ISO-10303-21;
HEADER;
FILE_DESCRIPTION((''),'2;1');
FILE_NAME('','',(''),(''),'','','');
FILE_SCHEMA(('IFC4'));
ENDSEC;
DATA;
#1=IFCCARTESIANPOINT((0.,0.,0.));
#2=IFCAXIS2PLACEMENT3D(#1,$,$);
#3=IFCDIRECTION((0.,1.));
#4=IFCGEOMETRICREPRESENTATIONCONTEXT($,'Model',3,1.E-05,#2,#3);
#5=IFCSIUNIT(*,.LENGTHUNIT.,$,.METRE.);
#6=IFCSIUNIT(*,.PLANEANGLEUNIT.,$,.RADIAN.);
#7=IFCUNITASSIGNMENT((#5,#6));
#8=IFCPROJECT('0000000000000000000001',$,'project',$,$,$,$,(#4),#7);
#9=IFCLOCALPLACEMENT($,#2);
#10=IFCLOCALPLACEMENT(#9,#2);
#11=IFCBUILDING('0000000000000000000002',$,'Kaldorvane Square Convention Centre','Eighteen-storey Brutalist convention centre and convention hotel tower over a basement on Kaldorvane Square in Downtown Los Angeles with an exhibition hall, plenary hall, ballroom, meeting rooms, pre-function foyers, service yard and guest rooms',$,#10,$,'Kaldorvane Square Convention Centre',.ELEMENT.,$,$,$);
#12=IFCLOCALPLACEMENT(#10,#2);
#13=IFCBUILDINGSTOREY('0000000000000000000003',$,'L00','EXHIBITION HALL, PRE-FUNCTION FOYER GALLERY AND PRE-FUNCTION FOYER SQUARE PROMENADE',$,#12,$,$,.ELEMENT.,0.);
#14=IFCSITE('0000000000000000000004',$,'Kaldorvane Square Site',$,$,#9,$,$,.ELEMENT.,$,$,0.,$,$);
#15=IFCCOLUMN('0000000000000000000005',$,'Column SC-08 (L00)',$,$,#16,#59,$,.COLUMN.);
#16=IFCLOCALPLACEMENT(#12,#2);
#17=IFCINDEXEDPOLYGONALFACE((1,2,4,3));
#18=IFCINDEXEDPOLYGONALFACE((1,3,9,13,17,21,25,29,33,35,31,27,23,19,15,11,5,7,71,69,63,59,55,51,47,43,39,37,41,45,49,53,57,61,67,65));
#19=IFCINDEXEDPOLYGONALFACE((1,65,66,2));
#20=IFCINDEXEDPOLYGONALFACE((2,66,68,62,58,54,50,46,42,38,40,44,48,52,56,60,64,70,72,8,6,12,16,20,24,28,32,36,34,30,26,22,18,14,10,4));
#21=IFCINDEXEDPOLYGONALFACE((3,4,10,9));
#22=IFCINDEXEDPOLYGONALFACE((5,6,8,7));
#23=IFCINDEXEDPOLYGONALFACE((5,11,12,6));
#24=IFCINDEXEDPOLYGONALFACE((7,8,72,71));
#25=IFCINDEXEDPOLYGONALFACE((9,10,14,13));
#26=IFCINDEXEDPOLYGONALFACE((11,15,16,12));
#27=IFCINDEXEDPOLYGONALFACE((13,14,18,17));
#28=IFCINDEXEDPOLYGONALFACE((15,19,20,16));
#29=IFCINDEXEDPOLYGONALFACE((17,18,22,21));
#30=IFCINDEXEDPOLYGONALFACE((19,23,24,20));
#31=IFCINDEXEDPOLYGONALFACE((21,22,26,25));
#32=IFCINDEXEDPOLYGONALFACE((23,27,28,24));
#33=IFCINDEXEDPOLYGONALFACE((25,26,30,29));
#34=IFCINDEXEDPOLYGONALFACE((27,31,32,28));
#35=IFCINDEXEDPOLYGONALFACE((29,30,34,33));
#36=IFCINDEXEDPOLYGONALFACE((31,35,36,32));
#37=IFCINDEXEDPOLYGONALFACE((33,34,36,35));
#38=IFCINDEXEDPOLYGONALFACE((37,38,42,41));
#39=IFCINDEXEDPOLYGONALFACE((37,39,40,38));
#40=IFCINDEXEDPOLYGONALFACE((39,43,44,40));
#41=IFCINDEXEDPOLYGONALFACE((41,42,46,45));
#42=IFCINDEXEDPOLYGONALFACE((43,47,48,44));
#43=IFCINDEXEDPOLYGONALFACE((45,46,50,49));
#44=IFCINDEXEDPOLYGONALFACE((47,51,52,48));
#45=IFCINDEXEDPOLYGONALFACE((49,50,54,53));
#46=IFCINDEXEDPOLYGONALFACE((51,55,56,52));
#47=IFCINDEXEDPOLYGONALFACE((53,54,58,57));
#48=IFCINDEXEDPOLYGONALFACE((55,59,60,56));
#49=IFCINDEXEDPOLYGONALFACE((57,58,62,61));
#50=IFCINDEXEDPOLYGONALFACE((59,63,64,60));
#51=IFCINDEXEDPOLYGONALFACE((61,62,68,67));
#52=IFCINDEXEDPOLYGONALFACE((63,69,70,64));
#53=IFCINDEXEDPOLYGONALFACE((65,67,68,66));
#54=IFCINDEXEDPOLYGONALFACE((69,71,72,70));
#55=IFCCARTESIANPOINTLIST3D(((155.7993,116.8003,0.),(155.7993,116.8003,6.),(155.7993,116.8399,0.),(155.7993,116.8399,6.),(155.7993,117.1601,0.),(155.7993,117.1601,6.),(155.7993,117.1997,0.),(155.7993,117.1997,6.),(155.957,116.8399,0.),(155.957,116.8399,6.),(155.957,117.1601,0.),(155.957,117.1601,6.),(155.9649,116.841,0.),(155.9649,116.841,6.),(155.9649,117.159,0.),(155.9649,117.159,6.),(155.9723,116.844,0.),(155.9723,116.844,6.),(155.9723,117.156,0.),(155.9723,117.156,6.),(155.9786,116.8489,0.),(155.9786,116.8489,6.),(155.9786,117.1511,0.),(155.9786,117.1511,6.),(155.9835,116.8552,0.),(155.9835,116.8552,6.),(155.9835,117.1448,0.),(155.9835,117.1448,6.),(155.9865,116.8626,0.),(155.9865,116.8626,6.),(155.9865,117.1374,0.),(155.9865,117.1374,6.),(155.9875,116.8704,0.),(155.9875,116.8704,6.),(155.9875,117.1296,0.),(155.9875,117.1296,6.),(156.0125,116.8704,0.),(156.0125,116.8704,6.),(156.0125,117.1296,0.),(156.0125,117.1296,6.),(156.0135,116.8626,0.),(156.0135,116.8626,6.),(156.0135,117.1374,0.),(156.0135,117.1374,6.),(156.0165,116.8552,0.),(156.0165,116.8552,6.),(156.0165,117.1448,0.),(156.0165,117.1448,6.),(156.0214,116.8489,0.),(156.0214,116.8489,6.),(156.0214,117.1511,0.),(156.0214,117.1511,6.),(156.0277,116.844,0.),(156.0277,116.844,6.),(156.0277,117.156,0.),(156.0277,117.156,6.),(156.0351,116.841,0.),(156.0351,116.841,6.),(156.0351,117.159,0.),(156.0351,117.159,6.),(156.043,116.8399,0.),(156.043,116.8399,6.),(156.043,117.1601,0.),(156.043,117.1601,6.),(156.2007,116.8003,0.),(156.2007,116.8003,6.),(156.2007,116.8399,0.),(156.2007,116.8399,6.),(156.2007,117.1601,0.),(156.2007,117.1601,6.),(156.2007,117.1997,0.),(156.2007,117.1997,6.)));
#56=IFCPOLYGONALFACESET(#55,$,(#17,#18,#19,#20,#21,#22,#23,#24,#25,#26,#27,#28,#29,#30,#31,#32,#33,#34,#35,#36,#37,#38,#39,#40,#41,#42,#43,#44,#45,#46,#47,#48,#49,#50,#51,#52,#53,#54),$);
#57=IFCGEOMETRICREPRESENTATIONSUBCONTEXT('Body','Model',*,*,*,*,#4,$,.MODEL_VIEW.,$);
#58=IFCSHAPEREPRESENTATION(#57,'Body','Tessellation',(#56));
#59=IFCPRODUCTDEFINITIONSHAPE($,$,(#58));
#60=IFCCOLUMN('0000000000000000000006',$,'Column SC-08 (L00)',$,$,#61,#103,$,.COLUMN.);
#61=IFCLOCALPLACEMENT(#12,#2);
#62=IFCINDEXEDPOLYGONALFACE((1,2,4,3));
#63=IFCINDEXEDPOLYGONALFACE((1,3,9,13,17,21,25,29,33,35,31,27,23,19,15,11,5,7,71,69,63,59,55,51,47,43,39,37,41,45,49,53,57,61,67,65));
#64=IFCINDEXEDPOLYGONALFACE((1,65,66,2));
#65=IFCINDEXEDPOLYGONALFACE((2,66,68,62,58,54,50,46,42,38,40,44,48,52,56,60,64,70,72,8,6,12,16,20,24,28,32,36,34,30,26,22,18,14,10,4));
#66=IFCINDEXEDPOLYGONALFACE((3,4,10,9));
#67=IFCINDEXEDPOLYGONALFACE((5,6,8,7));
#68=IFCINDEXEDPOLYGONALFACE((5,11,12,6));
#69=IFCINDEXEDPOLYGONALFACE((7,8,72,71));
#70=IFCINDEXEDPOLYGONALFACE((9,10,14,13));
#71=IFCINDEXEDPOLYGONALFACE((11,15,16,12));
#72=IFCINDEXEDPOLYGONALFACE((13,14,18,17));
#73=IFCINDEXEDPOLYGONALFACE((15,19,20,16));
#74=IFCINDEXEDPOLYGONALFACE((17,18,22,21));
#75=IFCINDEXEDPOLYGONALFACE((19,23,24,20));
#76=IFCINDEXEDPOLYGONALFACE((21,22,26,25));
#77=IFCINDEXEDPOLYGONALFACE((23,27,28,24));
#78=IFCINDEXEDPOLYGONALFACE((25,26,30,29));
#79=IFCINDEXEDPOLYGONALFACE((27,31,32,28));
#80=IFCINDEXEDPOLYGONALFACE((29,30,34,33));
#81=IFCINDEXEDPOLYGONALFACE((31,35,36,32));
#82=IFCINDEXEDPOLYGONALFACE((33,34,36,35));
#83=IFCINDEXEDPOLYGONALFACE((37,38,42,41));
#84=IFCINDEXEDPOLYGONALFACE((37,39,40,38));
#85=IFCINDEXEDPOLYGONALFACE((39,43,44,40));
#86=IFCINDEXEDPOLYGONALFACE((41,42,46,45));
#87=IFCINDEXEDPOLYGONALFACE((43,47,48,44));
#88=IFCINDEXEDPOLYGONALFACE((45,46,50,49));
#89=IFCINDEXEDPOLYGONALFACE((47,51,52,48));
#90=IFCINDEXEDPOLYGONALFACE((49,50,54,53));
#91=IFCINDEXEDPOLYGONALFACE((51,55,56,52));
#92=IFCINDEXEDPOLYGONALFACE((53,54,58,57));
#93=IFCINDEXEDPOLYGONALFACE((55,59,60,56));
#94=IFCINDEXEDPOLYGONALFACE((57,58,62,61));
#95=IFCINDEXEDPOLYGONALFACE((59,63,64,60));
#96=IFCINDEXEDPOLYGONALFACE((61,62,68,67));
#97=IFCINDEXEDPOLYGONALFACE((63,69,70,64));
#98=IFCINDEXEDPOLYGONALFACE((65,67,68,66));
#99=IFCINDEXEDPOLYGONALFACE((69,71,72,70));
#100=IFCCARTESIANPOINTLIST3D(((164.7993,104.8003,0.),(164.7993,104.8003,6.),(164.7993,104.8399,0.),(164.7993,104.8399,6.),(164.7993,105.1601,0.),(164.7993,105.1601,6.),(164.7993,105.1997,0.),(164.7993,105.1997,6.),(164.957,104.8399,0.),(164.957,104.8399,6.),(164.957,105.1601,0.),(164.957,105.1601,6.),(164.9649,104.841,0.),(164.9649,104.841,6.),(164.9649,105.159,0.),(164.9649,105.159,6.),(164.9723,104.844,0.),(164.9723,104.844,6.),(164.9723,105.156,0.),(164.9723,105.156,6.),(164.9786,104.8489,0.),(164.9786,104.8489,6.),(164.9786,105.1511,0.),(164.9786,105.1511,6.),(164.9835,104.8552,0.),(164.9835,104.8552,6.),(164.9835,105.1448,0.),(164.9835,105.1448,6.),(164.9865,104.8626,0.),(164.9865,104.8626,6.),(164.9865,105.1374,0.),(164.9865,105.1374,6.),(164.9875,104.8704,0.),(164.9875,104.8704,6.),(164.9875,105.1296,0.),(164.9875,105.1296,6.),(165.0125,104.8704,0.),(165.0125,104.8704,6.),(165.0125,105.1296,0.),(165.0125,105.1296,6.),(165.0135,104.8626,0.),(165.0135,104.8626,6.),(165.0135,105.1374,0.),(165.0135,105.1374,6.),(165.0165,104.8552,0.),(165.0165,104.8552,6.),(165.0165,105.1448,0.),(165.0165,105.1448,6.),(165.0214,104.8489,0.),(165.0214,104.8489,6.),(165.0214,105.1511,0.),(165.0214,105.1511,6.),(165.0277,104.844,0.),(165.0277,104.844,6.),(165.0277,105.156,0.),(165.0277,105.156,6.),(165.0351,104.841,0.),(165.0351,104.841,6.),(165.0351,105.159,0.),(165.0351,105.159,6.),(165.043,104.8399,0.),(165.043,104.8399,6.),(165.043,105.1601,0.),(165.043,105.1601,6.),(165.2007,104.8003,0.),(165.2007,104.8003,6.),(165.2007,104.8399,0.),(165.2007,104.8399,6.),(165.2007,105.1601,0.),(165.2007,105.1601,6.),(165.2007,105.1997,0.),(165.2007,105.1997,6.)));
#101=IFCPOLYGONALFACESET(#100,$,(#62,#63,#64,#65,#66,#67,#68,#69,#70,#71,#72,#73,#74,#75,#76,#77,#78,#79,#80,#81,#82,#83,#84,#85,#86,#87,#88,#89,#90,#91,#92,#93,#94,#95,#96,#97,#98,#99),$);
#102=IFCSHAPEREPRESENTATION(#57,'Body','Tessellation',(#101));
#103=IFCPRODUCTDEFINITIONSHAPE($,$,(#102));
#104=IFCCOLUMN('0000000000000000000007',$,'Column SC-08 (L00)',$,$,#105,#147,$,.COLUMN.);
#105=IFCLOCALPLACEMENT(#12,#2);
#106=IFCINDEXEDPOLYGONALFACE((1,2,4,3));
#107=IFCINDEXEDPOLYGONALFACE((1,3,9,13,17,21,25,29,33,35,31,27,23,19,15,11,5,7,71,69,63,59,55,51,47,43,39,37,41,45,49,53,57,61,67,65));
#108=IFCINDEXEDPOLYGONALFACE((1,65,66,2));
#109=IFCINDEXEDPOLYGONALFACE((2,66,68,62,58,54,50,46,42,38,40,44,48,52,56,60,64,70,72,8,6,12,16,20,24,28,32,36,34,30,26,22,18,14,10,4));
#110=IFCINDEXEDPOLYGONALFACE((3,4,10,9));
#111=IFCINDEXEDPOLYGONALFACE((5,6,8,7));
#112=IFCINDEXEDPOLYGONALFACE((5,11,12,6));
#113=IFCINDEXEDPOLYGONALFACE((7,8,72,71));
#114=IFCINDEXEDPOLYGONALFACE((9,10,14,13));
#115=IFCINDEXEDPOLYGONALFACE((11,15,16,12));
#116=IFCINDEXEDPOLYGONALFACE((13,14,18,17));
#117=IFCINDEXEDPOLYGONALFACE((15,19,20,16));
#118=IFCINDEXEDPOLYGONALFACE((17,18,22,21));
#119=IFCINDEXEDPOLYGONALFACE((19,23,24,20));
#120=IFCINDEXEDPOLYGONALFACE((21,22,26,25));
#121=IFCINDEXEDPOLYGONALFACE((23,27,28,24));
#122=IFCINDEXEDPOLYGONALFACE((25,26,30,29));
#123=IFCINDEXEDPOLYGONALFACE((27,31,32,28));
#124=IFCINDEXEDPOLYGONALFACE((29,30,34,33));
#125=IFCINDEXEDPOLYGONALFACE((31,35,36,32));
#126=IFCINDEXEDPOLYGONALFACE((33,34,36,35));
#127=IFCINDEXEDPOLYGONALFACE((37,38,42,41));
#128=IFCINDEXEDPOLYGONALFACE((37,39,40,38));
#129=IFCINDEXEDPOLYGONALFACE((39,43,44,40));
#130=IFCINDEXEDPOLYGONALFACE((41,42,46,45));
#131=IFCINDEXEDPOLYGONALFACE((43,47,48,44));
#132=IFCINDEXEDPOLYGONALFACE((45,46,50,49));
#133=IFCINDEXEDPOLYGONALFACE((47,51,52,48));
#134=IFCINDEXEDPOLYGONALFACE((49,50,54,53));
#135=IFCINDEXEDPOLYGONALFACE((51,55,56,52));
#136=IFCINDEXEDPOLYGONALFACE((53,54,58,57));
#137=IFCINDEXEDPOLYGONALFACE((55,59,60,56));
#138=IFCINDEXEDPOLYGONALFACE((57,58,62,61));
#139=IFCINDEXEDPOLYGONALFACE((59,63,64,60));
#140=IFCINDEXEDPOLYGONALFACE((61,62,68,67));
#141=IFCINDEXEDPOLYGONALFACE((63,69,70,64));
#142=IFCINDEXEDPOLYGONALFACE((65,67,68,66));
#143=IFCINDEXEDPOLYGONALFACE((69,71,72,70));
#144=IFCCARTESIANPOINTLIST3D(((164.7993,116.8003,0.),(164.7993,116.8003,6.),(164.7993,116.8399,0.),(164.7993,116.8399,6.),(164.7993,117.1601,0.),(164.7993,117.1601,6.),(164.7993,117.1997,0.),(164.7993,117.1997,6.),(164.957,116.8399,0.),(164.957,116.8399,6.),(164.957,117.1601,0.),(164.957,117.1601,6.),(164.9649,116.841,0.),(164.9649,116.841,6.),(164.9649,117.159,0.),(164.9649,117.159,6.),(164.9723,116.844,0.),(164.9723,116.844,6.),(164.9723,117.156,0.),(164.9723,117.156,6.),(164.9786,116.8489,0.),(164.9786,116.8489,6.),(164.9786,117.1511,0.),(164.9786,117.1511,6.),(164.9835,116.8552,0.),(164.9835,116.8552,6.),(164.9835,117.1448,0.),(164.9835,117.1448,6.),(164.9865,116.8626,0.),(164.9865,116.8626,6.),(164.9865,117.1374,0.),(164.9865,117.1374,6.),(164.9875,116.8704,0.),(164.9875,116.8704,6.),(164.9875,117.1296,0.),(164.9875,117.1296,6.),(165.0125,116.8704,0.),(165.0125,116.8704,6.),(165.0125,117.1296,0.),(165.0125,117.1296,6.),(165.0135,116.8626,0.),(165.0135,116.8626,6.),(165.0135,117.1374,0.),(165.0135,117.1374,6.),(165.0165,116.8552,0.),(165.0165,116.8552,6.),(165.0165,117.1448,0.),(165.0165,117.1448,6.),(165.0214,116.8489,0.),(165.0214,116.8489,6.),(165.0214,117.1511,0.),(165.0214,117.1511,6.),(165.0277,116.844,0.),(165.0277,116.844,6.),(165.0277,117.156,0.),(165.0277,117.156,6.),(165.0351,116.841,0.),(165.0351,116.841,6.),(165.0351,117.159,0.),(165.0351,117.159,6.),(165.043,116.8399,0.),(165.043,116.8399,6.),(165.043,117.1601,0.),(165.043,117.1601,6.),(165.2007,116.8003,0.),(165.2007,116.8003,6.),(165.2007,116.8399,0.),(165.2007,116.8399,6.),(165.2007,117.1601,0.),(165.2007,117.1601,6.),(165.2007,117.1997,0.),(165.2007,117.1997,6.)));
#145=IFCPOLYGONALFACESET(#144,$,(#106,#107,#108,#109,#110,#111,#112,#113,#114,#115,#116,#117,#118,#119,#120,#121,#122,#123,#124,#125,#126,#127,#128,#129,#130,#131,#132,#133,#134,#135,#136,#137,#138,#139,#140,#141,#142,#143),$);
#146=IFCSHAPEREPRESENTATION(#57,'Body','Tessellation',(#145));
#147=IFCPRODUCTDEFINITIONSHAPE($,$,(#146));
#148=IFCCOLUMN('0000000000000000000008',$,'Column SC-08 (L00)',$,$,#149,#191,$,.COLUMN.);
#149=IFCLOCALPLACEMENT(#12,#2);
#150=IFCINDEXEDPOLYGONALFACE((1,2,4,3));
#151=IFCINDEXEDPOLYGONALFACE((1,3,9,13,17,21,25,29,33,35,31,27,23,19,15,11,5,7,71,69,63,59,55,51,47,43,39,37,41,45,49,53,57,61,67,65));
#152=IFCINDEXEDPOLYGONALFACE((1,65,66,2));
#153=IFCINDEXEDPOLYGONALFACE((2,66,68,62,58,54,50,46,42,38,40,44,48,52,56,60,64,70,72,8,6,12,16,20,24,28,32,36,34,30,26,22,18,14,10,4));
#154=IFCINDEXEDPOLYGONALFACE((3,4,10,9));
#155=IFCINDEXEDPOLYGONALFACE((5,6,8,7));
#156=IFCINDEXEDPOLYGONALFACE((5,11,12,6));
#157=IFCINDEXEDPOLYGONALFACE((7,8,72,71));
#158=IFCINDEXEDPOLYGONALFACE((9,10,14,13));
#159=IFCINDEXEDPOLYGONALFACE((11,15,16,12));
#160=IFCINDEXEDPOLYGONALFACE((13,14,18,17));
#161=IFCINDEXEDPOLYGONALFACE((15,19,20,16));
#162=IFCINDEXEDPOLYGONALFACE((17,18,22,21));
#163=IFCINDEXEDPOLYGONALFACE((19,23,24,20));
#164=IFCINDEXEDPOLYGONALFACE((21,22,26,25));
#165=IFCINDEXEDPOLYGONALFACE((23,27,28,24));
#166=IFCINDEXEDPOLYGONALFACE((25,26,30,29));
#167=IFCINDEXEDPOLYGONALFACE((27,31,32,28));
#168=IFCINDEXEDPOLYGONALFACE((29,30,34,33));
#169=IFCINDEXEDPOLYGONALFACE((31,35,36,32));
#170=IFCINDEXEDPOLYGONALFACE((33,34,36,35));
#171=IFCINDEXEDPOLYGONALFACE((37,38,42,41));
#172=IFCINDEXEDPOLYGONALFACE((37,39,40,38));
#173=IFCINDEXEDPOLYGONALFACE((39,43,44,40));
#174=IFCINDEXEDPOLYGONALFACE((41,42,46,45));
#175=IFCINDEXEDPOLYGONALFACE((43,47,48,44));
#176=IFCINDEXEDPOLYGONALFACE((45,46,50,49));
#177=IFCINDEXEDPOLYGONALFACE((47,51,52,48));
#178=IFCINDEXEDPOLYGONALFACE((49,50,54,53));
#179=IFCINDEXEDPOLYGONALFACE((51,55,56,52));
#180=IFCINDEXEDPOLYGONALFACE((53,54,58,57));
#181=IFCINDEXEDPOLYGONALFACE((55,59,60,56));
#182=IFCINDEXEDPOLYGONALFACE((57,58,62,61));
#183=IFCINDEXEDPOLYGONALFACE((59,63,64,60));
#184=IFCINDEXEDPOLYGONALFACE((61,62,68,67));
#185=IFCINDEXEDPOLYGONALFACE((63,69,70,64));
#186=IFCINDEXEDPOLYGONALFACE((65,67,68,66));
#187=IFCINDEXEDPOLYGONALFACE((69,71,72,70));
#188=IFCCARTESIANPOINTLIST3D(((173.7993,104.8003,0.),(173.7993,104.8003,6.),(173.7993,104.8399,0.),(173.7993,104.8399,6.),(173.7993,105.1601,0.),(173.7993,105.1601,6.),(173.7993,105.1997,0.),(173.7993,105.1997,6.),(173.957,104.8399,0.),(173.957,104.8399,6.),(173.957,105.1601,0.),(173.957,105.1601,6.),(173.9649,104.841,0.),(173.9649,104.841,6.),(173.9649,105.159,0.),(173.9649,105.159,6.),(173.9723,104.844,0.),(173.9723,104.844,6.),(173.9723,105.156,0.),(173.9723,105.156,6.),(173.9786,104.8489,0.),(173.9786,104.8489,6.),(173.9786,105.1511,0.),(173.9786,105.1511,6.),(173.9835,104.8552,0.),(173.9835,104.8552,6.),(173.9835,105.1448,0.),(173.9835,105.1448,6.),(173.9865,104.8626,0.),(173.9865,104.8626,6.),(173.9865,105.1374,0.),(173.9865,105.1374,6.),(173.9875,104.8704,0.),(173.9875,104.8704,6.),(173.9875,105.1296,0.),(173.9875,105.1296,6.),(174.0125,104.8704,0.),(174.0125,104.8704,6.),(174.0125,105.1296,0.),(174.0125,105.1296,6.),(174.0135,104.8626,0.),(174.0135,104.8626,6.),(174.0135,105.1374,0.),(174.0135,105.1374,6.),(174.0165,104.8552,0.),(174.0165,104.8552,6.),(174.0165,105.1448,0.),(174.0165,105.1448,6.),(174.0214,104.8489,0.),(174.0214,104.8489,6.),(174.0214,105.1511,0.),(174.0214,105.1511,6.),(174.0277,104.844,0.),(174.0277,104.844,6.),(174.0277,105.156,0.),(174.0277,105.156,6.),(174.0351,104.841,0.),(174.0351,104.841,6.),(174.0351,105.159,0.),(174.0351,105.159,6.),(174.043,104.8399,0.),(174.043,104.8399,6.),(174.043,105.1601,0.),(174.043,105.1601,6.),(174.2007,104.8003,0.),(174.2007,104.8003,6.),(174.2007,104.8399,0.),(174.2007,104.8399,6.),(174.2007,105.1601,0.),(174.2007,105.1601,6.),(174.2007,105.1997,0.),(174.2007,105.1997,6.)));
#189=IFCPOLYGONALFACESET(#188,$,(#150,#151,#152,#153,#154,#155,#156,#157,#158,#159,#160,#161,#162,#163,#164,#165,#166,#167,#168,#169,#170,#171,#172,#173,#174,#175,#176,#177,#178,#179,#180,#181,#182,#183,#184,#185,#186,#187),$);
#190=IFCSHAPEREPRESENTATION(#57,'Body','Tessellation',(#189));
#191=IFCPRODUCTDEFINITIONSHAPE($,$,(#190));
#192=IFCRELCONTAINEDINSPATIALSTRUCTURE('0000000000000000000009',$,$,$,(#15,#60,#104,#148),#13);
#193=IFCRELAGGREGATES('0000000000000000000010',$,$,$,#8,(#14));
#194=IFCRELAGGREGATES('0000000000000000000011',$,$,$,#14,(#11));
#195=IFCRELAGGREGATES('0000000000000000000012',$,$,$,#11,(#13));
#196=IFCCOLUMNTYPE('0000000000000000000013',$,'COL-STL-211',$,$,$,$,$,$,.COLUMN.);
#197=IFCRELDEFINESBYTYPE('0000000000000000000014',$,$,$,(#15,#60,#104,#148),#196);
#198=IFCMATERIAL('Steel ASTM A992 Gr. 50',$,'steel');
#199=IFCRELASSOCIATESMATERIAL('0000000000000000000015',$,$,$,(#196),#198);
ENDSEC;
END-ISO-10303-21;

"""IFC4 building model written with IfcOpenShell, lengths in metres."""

from ifc_helpers import new_model, si_unit, direction, frame, origin, origin_2d, place, context, subcontext, project, spatial, i_section, extrude, material, material_profile, profile_set, type_object, element, save


model = new_model("IFC4")

# Units and contexts
model_context = context("Model", 3, precision=1e-05, world=origin(), true_north=direction((0.0, 1.0)))
body_context = subcontext(model_context, "Body", "Model", "MODEL_VIEW")
ifc_project = project(units=[si_unit("LENGTHUNIT", "METRE"), si_unit("PLANEANGLEUNIT", "RADIAN")], contexts=[model_context])

# Site, building, storey
site_placement = place(None, origin())
site = spatial("IfcSite", under=ifc_project, at=site_placement, Name="Kaldorvane Square Site", CompositionType="ELEMENT", RefElevation=0.0)
building_placement = place(site_placement, origin())
building = spatial("IfcBuilding", under=site, at=building_placement, Name="Kaldorvane Square Convention Centre", Description="Eighteen-storey Brutalist convention centre and convention hotel tower over a basement on Kaldorvane Square in Downtown Los Angeles with an exhibition hall, plenary hall, ballroom, meeting rooms, pre-function foyers, service yard and guest rooms", LongName="Kaldorvane Square Convention Centre", CompositionType="ELEMENT")
storey_placement = place(building_placement, origin())
storey = spatial("IfcBuildingStorey", under=building, at=storey_placement, Name="L00", Description="EXHIBITION HALL, PRE-FUNCTION FOYER GALLERY AND PRE-FUNCTION FOYER SQUARE PROMENADE", CompositionType="ELEMENT", Elevation=0.0)

# Columns
ifc_material_1 = material(Name="Steel ASTM A992 Gr. 50", Category="steel")
ifc_material_profile_1 = material_profile(ifc_material_1, i_section(OverallWidth=0.4013, OverallDepth=0.3993, WebThickness=0.0249, FlangeThickness=0.0396, FilletRadius=0.0305, at=origin_2d()), Name="W14X211")
ifc_profile_set_1 = profile_set([ifc_material_profile_1], Name="Steel ASTM A992 Gr. 50")
column_type = type_object("IfcColumnType", Name="COL-STL-211", PredefinedType="COLUMN", material=ifc_profile_set_1)
for number, where, z_axis, x_axis, name in (
    (1, (156.0, 117.0, 0.0), (0.0, 0.0, 1.0), (1.0, 0.0, 0.0), "Column SC-08 (L00)"),
    (2, (165.0, 105.0, 0.0), (0.0, 0.0, 1.0), (1.0, 0.0, 0.0), "Column SC-08 (L00)"),
    (3, (165.0, 117.0, 0.0), (0.0, 0.0, 1.0), (1.0, 0.0, 0.0), "Column SC-08 (L00)"),
    (4, (174.0, 105.0, 0.0), (0.0, 0.0, 1.0), (1.0, 0.0, 0.0), "Column SC-08 (L00)"),
):
    element("IfcColumn", number, at=place(storey_placement, frame(where, z_axis=z_axis, x_axis=x_axis)), inside=storey, type_object=column_type, Name=name, PredefinedType="COLUMN", context=body_context, shape_type="SweptSolid", body=[
        extrude(i_section(OverallWidth=0.4013, OverallDepth=0.3993, WebThickness=0.0249, FlangeThickness=0.0396, FilletRadius=0.0305, at=origin_2d()), origin(), (0.0, 0.0, 1.0), 6.0),
    ])

save(model, "model.ifc")
